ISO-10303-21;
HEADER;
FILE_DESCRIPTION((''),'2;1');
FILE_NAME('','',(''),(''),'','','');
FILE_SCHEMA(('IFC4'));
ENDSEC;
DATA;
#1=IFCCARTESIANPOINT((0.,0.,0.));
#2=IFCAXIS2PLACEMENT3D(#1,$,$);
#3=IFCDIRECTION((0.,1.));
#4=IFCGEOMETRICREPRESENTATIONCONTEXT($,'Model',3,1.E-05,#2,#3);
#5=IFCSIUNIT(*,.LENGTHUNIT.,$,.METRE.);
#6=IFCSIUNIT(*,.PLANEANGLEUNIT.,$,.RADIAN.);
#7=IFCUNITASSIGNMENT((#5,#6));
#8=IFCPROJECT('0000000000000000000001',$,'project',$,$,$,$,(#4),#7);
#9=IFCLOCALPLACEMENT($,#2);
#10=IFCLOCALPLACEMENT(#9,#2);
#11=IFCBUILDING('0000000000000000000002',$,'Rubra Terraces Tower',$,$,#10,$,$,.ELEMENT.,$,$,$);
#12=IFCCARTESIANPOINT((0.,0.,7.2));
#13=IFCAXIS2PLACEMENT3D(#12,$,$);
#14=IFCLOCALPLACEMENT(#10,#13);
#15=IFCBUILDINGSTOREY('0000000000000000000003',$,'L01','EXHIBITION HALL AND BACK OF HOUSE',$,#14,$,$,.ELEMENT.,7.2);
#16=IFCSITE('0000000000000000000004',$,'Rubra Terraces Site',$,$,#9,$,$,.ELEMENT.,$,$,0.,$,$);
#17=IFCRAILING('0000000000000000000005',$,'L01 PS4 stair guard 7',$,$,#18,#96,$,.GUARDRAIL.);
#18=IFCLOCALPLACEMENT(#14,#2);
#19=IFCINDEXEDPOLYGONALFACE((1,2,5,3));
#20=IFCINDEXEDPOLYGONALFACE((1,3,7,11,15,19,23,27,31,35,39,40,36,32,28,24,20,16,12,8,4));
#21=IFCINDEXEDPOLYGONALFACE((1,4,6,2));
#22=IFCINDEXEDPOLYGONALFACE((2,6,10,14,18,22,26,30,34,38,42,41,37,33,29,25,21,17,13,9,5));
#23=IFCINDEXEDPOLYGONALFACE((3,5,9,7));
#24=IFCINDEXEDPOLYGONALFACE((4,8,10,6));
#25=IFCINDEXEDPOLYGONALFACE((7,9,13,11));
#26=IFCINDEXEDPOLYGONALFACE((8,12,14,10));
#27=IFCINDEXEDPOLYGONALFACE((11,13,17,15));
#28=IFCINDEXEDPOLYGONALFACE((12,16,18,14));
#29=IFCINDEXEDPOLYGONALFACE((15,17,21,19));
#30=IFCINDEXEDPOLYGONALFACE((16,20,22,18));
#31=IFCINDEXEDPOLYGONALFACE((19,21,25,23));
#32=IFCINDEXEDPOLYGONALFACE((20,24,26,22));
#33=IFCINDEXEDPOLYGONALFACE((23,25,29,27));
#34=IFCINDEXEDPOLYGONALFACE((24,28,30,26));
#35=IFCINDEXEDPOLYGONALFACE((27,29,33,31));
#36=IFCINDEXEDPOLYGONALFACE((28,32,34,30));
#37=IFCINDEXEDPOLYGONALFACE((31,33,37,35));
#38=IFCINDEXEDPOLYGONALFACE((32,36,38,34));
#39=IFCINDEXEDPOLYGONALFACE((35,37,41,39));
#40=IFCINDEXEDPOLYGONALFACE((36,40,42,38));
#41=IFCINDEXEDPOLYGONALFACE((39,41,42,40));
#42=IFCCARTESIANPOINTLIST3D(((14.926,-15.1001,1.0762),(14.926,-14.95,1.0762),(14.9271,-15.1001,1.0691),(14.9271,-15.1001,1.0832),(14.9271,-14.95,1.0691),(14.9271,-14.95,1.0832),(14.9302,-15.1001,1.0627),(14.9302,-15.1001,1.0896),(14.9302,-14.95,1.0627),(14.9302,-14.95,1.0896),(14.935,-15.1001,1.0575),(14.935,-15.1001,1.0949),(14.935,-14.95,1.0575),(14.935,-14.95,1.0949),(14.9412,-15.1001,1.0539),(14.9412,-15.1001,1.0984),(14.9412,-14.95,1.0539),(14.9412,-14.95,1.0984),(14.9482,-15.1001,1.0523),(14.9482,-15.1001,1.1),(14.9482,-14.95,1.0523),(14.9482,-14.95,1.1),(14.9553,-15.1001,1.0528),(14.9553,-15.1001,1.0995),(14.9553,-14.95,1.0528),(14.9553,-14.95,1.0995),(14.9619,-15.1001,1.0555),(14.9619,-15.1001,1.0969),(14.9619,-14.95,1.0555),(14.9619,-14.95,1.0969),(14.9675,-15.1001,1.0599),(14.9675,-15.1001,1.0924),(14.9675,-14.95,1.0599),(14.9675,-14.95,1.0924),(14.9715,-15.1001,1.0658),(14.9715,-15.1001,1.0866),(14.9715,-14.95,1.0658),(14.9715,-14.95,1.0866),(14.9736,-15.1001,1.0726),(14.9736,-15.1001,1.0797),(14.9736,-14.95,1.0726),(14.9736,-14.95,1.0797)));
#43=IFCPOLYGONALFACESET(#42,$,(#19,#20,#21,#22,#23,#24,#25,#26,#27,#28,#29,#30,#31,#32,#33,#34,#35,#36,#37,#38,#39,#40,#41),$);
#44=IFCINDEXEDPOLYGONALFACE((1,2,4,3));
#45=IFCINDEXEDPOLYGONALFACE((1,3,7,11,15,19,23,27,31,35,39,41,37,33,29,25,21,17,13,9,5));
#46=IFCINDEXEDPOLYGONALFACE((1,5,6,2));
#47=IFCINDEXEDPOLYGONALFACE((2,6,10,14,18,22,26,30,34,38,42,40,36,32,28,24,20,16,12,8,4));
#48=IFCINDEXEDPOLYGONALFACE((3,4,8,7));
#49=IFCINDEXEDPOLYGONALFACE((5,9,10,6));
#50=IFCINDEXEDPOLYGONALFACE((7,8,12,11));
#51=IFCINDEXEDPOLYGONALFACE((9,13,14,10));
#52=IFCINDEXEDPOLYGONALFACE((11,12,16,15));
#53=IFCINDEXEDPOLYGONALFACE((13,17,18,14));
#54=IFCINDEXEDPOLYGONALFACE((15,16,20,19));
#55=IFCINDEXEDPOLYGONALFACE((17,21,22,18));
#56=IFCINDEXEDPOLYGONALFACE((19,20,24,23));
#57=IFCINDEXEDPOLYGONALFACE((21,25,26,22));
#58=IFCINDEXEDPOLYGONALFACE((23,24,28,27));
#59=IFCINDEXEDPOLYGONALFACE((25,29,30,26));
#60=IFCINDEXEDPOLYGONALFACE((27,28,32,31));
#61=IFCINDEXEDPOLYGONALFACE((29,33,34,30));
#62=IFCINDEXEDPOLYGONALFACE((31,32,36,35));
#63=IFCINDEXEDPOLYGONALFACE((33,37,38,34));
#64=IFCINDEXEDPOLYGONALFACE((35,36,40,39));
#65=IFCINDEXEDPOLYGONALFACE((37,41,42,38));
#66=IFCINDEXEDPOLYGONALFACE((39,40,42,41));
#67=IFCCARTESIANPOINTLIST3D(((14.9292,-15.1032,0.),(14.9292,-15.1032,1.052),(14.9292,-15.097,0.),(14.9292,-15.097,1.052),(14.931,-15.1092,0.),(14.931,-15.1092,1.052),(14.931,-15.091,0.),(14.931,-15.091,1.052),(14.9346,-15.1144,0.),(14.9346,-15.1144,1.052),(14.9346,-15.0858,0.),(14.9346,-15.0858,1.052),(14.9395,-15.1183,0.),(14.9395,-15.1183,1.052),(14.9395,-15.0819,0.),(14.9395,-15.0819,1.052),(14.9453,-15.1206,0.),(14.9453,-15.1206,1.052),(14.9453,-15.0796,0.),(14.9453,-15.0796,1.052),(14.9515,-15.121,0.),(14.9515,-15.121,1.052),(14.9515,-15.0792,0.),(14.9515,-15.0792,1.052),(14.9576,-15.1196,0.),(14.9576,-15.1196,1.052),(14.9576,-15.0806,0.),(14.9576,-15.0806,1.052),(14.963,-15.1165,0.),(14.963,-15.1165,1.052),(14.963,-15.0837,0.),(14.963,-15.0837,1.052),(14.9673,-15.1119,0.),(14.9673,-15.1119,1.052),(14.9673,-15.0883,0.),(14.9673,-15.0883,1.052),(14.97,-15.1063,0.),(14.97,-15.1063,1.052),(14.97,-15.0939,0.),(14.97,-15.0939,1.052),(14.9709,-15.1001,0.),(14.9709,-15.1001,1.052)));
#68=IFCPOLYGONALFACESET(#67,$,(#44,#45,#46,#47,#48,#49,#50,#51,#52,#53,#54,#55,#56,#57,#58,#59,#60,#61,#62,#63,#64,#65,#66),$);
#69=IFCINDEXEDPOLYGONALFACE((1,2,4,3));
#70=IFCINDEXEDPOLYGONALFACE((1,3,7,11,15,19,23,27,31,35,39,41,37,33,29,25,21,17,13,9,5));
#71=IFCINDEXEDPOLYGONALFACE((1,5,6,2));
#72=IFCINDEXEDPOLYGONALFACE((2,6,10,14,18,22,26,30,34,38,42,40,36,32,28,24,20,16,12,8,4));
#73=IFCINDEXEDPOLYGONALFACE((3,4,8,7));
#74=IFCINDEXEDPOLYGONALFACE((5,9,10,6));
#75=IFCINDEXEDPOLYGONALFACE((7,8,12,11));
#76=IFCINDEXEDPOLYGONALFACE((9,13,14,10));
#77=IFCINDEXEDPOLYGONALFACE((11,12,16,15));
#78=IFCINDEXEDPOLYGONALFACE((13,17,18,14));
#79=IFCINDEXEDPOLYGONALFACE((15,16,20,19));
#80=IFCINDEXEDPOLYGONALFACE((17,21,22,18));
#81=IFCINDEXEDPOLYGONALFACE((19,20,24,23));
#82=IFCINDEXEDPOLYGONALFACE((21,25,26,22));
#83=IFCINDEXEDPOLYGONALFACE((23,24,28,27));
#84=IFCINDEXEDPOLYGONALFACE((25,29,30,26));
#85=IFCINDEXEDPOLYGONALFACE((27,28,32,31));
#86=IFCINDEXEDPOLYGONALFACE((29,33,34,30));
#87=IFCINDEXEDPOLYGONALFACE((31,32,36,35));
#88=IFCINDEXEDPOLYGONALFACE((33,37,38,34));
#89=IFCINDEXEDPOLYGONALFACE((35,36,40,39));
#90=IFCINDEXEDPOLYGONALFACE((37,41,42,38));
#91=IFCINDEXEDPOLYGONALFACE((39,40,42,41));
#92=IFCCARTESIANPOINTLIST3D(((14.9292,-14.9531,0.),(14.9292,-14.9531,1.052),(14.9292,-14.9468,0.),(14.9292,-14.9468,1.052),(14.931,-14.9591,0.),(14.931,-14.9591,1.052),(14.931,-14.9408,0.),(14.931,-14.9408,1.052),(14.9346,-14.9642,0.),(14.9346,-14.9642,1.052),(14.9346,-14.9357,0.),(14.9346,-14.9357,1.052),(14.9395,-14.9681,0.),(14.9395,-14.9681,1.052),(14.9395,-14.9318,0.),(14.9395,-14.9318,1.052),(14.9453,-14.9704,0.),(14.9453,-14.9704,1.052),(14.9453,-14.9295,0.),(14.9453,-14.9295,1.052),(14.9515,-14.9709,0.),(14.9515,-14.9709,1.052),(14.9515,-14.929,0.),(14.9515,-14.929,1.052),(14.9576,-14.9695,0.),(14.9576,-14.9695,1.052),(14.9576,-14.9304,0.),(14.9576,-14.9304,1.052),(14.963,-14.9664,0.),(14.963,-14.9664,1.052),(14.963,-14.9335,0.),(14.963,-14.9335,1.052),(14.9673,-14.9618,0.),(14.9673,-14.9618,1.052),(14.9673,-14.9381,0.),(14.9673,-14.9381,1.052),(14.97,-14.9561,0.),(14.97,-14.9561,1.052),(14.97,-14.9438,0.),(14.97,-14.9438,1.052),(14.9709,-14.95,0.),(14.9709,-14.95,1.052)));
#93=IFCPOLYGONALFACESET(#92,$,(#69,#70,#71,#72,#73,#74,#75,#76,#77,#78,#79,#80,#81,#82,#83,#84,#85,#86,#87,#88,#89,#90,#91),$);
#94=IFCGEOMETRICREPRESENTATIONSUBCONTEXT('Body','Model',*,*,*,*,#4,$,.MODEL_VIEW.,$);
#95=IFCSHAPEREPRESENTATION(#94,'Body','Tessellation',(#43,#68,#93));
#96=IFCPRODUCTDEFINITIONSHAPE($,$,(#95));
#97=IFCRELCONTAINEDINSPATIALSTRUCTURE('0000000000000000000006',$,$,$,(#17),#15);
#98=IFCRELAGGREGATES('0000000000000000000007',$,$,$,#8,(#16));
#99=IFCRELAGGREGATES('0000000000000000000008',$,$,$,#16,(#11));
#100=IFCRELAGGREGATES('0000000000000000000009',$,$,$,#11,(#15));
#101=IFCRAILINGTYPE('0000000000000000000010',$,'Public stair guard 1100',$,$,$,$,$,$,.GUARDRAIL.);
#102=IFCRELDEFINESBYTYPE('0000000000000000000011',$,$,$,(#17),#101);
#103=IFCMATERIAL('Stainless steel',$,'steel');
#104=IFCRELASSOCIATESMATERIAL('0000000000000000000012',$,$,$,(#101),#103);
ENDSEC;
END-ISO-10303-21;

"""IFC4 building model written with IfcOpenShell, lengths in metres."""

from ifc_helpers import new_model, si_unit, direction, frame, origin, origin_2d, place, context, subcontext, project, spatial, circle, extrude, material, type_object, element, save


model = new_model("IFC4")

# Units and contexts
model_context = context("Model", 3, precision=1e-05, world=origin(), true_north=direction((0.0, 1.0)))
body_context = subcontext(model_context, "Body", "Model", "MODEL_VIEW")
ifc_project = project(units=[si_unit("LENGTHUNIT", "METRE"), si_unit("PLANEANGLEUNIT", "RADIAN")], contexts=[model_context])

# Site, building, storey
site_placement = place(None, origin())
site = spatial("IfcSite", under=ifc_project, at=site_placement, Name="Rubra Terraces Site", CompositionType="ELEMENT", RefElevation=0.0)
building_placement = place(site_placement, origin())
building = spatial("IfcBuilding", under=site, at=building_placement, Name="Rubra Terraces Tower", CompositionType="ELEMENT")
storey_placement = place(building_placement, frame((0.0, 0.0, 7.2)))
storey = spatial("IfcBuildingStorey", under=building, at=storey_placement, Name="L01", Description="EXHIBITION HALL AND BACK OF HOUSE", CompositionType="ELEMENT", Elevation=7.2)

# Railing
ifc_material_1 = material(Name="Stainless steel", Category="steel")
railing_type_1 = type_object("IfcRailingType", Name="Public stair guard 1100", PredefinedType="GUARDRAIL", material=ifc_material_1)
railing_1_placement = place(storey_placement, frame((14.95, -15.1001, 0.0)))
element("IfcRailing", 1, at=railing_1_placement, inside=storey, type_object=railing_type_1, Name="L01 PS4 stair guard 7", PredefinedType="GUARDRAIL", context=body_context, shape_type="SweptSolid", body=[
    extrude(circle(Radius=0.0239, at=origin_2d()), frame((0.0, 0.0, 1.0762), z_axis=(0.0, 1.0, 0.0), x_axis=(-1.0, 0.0, 0.0)), (0.0, 0.0, 1.0), 0.1501),
    extrude(circle(Radius=0.021, at=origin_2d()), origin(), (0.0, 0.0, 1.0), 1.052),
    extrude(circle(Radius=0.021, at=origin_2d()), frame((0.0, 0.1501, 0.0)), (0.0, 0.0, 1.0), 1.052),
])

save(model, "model.ifc")
